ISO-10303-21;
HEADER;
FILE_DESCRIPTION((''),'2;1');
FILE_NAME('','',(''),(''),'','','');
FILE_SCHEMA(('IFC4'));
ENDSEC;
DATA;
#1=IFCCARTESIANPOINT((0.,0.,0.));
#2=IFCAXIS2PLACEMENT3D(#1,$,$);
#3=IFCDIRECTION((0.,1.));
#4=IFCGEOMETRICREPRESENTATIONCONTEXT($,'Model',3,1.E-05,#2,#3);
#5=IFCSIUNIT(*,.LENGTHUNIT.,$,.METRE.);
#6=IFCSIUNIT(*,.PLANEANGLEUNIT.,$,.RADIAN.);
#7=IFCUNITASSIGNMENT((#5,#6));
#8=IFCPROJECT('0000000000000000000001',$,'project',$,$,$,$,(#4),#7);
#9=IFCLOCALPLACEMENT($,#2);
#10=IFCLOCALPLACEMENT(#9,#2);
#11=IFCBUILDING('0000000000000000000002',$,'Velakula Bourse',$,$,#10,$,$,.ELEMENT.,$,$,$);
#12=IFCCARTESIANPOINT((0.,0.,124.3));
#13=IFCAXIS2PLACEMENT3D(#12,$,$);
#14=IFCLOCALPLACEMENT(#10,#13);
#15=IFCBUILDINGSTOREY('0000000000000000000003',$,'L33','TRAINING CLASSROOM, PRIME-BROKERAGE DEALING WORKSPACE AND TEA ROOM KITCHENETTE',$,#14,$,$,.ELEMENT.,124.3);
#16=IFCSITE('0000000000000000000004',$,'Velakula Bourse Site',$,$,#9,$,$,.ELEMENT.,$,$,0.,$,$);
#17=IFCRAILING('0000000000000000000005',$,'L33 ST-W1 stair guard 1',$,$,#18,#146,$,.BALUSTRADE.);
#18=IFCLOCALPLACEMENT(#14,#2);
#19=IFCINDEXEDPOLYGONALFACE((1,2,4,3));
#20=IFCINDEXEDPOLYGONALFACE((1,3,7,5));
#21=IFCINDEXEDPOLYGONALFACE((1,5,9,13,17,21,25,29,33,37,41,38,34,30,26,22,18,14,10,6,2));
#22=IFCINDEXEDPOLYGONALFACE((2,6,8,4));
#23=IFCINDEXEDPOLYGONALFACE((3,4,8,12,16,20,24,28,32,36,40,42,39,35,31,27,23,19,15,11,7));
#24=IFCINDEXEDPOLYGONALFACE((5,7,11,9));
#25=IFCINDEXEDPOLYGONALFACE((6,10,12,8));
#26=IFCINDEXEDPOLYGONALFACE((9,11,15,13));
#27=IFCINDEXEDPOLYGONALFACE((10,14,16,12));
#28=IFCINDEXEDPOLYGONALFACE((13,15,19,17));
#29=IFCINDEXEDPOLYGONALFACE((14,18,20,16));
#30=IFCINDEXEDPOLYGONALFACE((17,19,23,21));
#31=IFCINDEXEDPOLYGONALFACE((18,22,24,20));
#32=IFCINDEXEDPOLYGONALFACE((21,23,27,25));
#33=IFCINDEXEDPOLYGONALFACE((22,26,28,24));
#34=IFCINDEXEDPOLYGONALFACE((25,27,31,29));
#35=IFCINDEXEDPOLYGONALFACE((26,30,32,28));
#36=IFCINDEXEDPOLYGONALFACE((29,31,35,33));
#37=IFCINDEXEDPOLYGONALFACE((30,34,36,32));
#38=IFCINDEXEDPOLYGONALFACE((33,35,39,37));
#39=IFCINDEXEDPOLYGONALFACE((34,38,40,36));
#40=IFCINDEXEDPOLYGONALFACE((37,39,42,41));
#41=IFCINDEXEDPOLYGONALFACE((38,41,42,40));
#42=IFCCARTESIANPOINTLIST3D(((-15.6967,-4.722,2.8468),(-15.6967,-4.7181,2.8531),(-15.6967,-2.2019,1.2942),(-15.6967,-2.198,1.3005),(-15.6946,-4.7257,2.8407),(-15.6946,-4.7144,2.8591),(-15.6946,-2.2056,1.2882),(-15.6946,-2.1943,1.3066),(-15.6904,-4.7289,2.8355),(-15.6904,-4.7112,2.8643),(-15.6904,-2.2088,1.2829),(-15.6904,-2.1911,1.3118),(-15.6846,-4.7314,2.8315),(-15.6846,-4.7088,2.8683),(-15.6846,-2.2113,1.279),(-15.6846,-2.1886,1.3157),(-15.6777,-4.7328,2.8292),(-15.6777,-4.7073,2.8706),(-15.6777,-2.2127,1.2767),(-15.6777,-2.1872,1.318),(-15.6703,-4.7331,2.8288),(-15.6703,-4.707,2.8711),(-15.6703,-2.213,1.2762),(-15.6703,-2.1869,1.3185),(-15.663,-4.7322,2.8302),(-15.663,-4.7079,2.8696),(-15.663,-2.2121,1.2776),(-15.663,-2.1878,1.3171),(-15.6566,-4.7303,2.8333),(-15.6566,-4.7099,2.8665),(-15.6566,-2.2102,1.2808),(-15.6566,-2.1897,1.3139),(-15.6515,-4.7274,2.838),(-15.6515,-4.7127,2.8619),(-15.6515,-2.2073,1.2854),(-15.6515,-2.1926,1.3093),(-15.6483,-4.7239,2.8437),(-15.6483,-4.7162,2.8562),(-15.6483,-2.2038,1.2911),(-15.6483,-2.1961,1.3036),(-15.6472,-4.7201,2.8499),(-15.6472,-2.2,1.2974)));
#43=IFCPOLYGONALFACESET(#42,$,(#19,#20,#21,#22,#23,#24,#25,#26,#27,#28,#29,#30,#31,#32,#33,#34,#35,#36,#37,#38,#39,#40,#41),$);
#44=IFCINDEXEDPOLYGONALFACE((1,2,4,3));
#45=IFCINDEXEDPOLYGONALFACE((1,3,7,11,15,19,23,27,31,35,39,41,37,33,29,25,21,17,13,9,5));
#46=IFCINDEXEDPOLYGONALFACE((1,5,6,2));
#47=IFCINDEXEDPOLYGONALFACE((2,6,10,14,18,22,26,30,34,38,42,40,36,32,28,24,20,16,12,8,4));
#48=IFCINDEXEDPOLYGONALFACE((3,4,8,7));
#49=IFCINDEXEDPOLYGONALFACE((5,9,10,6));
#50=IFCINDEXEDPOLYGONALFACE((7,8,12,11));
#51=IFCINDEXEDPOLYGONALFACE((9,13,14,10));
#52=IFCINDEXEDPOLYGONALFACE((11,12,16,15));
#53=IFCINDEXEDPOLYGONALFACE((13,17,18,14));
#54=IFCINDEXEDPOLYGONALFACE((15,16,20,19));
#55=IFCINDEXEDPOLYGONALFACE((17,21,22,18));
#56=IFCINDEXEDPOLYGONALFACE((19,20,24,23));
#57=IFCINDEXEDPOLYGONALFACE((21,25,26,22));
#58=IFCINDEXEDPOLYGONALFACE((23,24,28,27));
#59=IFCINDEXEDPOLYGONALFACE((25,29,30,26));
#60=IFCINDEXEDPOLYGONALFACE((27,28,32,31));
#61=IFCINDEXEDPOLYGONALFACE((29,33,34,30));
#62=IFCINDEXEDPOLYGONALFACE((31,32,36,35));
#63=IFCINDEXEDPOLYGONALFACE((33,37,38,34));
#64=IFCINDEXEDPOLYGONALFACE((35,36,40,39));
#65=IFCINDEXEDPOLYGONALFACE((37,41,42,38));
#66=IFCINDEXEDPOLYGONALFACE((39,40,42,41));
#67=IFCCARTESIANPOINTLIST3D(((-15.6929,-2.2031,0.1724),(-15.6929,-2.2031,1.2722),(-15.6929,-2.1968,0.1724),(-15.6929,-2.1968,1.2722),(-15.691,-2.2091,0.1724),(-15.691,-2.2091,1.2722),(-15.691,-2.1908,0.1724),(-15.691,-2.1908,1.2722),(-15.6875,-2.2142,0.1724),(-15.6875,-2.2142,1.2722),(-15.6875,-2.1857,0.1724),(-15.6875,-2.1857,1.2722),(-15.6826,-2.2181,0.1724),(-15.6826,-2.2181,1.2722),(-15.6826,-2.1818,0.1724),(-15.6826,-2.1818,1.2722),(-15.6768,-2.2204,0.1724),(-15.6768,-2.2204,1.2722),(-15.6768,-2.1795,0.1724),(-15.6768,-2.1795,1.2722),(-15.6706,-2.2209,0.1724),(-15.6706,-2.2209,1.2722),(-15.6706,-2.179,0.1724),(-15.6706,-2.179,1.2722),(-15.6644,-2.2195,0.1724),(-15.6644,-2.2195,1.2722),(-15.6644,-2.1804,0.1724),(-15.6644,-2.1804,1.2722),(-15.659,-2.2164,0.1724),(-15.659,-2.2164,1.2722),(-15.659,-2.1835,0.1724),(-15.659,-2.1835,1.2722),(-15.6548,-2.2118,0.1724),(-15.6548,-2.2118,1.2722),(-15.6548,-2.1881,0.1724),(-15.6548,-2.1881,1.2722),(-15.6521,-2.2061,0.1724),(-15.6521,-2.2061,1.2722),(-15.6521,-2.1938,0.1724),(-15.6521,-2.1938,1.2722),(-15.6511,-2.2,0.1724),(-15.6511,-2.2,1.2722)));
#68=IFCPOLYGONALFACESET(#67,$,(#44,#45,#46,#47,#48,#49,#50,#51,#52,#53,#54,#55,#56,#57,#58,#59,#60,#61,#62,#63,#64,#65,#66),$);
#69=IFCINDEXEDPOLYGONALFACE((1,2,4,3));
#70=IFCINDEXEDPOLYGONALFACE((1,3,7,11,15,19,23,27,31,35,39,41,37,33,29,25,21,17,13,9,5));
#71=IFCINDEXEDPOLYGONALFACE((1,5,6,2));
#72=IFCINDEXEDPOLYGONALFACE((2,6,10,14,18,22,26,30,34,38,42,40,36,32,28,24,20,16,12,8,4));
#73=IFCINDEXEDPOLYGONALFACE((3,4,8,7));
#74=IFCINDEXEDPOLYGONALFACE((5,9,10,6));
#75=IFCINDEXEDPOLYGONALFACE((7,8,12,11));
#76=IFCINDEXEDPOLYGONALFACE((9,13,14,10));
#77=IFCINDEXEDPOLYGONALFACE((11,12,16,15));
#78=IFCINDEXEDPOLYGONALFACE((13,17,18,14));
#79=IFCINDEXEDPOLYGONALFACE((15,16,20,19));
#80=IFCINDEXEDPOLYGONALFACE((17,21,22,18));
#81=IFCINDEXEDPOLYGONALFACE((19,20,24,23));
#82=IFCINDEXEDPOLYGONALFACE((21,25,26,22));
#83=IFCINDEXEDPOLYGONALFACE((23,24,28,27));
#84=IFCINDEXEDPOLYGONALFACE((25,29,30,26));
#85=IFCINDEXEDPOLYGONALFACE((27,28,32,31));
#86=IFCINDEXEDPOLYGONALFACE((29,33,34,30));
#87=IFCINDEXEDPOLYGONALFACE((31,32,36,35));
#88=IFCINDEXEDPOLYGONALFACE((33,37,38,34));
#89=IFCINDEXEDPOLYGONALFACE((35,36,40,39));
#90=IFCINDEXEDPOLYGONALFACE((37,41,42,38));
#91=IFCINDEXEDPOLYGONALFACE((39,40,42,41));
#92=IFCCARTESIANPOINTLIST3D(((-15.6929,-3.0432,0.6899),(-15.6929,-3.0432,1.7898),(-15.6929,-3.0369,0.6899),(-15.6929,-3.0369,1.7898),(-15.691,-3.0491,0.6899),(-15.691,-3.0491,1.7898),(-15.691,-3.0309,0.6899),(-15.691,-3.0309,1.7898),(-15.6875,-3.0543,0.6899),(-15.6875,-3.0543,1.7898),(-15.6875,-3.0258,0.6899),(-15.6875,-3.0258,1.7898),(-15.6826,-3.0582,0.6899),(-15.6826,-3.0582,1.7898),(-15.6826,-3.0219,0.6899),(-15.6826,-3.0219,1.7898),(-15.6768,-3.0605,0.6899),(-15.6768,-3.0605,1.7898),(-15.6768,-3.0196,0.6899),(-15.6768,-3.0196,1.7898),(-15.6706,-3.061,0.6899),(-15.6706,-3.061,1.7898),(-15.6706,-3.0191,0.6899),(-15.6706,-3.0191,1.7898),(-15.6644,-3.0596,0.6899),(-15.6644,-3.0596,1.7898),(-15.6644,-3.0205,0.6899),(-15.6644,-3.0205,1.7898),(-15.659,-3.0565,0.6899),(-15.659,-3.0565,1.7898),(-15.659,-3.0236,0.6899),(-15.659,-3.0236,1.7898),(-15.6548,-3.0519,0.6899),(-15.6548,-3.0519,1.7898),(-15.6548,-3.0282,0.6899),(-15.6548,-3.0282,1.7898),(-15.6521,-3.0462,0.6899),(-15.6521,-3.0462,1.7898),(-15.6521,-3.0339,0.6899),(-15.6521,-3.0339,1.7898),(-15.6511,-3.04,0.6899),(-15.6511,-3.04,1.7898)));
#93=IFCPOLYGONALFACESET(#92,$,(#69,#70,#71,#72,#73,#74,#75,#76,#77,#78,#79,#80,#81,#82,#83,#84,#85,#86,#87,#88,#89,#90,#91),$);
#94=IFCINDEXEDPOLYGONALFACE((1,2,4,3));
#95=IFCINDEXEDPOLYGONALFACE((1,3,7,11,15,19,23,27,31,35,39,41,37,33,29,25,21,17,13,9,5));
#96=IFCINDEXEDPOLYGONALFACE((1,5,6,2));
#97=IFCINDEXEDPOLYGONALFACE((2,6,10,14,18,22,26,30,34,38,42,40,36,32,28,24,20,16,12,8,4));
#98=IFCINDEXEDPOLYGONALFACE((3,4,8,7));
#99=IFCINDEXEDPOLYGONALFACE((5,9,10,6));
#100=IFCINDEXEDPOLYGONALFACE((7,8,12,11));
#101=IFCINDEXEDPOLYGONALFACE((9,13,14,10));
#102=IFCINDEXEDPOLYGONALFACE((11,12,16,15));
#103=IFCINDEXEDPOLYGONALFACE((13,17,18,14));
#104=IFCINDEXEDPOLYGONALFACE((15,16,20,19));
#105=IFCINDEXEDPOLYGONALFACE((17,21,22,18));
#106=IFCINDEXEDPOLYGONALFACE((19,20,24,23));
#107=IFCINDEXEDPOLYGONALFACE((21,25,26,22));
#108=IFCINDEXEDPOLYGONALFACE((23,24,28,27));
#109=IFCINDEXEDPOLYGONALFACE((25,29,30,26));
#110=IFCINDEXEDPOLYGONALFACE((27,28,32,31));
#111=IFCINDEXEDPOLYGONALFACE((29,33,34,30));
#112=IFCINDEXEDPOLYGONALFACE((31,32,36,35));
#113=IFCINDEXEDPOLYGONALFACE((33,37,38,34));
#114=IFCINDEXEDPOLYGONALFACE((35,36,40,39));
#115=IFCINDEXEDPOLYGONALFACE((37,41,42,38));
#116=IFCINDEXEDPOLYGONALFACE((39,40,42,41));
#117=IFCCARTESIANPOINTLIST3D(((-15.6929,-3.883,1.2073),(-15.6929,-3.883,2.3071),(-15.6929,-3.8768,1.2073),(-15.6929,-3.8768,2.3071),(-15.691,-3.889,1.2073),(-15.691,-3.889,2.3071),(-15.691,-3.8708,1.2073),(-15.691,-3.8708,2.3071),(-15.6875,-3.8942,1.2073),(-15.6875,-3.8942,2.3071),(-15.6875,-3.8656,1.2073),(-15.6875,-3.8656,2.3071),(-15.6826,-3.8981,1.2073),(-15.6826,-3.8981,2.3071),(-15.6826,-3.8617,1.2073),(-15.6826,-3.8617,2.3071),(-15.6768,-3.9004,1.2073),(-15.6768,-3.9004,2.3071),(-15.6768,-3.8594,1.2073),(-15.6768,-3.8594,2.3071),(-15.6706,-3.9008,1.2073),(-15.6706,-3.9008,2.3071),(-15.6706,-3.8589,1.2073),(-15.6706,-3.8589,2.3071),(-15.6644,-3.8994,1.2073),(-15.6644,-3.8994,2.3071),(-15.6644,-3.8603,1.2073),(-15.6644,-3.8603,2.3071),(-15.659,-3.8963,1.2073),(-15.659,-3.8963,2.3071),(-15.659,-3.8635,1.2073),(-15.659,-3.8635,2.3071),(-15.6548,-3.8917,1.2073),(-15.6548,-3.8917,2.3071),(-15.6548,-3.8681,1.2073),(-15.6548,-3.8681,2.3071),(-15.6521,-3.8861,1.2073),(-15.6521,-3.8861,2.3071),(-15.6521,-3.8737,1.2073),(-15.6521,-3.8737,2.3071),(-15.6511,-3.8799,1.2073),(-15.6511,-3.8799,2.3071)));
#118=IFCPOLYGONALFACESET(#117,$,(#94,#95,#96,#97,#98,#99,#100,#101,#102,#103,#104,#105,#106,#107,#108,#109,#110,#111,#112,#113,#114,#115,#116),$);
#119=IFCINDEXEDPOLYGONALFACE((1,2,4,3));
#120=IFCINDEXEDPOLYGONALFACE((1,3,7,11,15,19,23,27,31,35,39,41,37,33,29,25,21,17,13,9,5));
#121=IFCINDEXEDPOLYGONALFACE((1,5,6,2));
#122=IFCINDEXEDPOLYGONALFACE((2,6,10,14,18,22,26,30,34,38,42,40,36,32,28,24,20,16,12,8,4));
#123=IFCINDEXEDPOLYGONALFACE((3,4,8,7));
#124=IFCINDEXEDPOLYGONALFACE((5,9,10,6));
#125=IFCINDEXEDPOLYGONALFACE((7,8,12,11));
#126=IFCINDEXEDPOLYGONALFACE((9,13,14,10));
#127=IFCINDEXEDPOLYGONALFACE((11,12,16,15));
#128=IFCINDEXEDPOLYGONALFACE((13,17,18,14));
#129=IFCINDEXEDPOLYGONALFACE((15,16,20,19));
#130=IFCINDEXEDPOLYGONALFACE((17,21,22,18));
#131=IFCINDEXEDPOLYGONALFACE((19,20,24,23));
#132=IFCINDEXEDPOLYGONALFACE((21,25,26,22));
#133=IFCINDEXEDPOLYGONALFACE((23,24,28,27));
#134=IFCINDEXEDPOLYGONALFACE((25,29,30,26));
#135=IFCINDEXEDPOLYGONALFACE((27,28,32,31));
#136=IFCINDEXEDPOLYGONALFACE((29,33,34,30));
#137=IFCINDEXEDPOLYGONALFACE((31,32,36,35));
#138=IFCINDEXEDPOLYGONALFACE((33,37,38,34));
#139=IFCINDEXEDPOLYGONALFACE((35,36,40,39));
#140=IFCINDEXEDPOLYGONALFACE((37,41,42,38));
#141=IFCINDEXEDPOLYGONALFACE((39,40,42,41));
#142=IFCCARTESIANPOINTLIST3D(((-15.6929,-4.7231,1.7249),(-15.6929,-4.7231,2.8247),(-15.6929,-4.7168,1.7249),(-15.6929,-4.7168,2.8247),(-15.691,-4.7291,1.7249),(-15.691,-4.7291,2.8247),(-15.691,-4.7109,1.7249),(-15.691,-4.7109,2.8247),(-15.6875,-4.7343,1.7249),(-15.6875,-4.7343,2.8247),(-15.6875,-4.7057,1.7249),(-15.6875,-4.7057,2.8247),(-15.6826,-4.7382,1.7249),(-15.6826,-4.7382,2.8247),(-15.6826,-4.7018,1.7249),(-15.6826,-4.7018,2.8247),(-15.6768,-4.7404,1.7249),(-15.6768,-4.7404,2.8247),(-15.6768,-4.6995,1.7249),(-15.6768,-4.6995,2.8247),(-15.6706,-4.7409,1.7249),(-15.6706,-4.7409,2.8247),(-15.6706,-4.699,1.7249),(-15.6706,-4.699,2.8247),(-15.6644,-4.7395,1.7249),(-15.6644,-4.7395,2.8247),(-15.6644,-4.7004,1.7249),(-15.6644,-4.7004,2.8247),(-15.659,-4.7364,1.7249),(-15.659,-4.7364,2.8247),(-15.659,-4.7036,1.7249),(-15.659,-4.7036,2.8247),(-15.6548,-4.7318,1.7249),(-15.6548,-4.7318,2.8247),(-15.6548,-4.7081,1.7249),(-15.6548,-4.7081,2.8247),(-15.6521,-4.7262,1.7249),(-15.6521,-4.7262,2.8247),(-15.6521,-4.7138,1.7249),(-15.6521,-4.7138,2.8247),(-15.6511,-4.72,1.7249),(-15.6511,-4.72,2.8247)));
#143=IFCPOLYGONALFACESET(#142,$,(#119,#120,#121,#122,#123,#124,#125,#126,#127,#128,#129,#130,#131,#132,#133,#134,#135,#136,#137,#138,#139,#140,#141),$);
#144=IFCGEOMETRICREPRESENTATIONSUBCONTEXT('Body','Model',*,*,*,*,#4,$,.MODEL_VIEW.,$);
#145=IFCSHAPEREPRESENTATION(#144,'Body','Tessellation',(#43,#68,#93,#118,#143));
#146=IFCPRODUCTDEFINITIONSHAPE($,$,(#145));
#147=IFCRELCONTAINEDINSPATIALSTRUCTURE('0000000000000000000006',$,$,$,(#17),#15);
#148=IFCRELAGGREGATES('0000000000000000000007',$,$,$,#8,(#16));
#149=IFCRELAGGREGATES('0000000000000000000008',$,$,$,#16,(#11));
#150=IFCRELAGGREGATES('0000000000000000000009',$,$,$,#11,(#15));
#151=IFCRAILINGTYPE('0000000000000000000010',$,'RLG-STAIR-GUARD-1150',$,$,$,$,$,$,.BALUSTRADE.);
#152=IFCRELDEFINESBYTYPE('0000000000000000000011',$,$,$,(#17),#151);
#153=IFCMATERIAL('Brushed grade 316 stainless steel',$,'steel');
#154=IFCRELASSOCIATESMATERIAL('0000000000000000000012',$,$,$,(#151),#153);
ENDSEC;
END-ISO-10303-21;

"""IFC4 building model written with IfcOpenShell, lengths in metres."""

from ifc_helpers import new_model, si_unit, direction, frame, origin, origin_2d, place, context, subcontext, project, spatial, circle, extrude, material, type_object, element, save


model = new_model("IFC4")

# Units and contexts
model_context = context("Model", 3, precision=1e-05, world=origin(), true_north=direction((0.0, 1.0)))
body_context = subcontext(model_context, "Body", "Model", "MODEL_VIEW")
ifc_project = project(units=[si_unit("LENGTHUNIT", "METRE"), si_unit("PLANEANGLEUNIT", "RADIAN")], contexts=[model_context])

# Site, building, storey
site_placement = place(None, origin())
site = spatial("IfcSite", under=ifc_project, at=site_placement, Name="Velakula Bourse Site", CompositionType="ELEMENT", RefElevation=0.0)
building_placement = place(site_placement, origin())
building = spatial("IfcBuilding", under=site, at=building_placement, Name="Velakula Bourse", CompositionType="ELEMENT")
storey_placement = place(building_placement, frame((0.0, 0.0, 124.3)))
storey = spatial("IfcBuildingStorey", under=building, at=storey_placement, Name="L33", Description="TRAINING CLASSROOM, PRIME-BROKERAGE DEALING WORKSPACE AND TEA ROOM KITCHENETTE", CompositionType="ELEMENT", Elevation=124.3)

# Shared definitions
ifc_material_1 = material(Name="Brushed grade 316 stainless steel", Category="steel")

# Railing
railing_type_1 = type_object("IfcRailingType", Name="RLG-STAIR-GUARD-1150", PredefinedType="BALUSTRADE", material=ifc_material_1)
railing_1_placement = place(storey_placement, frame((-15.6721, -2.2, 0.1724)))
element("IfcRailing", 1, at=railing_1_placement, inside=storey, type_object=railing_type_1, Name="L33 ST-W1 stair guard 1", PredefinedType="BALUSTRADE", context=body_context, shape_type="SweptSolid", body=[
    extrude(circle(Radius=0.0249, at=origin_2d()), frame((0.0, 0.0, 1.125), z_axis=(0.0, -0.8514, 0.524516), x_axis=(1.0, 0.0, 0.0)), (0.0, 0.0, 1.0), 2.96),
    extrude(circle(Radius=0.021, at=origin_2d()), origin(), (0.0, 0.0, 1.0), 1.0999),
    extrude(circle(Radius=0.021, at=origin_2d()), frame((0.0, -0.8401, 0.5176)), (0.0, 0.0, 1.0), 1.0999),
    extrude(circle(Radius=0.021, at=origin_2d()), frame((0.0, -1.6799, 1.0349)), (0.0, 0.0, 1.0), 1.0999),
    extrude(circle(Radius=0.021, at=origin_2d()), frame((0.0, -2.52, 1.5525)), (0.0, 0.0, 1.0), 1.0999),
])

save(model, "model.ifc")
